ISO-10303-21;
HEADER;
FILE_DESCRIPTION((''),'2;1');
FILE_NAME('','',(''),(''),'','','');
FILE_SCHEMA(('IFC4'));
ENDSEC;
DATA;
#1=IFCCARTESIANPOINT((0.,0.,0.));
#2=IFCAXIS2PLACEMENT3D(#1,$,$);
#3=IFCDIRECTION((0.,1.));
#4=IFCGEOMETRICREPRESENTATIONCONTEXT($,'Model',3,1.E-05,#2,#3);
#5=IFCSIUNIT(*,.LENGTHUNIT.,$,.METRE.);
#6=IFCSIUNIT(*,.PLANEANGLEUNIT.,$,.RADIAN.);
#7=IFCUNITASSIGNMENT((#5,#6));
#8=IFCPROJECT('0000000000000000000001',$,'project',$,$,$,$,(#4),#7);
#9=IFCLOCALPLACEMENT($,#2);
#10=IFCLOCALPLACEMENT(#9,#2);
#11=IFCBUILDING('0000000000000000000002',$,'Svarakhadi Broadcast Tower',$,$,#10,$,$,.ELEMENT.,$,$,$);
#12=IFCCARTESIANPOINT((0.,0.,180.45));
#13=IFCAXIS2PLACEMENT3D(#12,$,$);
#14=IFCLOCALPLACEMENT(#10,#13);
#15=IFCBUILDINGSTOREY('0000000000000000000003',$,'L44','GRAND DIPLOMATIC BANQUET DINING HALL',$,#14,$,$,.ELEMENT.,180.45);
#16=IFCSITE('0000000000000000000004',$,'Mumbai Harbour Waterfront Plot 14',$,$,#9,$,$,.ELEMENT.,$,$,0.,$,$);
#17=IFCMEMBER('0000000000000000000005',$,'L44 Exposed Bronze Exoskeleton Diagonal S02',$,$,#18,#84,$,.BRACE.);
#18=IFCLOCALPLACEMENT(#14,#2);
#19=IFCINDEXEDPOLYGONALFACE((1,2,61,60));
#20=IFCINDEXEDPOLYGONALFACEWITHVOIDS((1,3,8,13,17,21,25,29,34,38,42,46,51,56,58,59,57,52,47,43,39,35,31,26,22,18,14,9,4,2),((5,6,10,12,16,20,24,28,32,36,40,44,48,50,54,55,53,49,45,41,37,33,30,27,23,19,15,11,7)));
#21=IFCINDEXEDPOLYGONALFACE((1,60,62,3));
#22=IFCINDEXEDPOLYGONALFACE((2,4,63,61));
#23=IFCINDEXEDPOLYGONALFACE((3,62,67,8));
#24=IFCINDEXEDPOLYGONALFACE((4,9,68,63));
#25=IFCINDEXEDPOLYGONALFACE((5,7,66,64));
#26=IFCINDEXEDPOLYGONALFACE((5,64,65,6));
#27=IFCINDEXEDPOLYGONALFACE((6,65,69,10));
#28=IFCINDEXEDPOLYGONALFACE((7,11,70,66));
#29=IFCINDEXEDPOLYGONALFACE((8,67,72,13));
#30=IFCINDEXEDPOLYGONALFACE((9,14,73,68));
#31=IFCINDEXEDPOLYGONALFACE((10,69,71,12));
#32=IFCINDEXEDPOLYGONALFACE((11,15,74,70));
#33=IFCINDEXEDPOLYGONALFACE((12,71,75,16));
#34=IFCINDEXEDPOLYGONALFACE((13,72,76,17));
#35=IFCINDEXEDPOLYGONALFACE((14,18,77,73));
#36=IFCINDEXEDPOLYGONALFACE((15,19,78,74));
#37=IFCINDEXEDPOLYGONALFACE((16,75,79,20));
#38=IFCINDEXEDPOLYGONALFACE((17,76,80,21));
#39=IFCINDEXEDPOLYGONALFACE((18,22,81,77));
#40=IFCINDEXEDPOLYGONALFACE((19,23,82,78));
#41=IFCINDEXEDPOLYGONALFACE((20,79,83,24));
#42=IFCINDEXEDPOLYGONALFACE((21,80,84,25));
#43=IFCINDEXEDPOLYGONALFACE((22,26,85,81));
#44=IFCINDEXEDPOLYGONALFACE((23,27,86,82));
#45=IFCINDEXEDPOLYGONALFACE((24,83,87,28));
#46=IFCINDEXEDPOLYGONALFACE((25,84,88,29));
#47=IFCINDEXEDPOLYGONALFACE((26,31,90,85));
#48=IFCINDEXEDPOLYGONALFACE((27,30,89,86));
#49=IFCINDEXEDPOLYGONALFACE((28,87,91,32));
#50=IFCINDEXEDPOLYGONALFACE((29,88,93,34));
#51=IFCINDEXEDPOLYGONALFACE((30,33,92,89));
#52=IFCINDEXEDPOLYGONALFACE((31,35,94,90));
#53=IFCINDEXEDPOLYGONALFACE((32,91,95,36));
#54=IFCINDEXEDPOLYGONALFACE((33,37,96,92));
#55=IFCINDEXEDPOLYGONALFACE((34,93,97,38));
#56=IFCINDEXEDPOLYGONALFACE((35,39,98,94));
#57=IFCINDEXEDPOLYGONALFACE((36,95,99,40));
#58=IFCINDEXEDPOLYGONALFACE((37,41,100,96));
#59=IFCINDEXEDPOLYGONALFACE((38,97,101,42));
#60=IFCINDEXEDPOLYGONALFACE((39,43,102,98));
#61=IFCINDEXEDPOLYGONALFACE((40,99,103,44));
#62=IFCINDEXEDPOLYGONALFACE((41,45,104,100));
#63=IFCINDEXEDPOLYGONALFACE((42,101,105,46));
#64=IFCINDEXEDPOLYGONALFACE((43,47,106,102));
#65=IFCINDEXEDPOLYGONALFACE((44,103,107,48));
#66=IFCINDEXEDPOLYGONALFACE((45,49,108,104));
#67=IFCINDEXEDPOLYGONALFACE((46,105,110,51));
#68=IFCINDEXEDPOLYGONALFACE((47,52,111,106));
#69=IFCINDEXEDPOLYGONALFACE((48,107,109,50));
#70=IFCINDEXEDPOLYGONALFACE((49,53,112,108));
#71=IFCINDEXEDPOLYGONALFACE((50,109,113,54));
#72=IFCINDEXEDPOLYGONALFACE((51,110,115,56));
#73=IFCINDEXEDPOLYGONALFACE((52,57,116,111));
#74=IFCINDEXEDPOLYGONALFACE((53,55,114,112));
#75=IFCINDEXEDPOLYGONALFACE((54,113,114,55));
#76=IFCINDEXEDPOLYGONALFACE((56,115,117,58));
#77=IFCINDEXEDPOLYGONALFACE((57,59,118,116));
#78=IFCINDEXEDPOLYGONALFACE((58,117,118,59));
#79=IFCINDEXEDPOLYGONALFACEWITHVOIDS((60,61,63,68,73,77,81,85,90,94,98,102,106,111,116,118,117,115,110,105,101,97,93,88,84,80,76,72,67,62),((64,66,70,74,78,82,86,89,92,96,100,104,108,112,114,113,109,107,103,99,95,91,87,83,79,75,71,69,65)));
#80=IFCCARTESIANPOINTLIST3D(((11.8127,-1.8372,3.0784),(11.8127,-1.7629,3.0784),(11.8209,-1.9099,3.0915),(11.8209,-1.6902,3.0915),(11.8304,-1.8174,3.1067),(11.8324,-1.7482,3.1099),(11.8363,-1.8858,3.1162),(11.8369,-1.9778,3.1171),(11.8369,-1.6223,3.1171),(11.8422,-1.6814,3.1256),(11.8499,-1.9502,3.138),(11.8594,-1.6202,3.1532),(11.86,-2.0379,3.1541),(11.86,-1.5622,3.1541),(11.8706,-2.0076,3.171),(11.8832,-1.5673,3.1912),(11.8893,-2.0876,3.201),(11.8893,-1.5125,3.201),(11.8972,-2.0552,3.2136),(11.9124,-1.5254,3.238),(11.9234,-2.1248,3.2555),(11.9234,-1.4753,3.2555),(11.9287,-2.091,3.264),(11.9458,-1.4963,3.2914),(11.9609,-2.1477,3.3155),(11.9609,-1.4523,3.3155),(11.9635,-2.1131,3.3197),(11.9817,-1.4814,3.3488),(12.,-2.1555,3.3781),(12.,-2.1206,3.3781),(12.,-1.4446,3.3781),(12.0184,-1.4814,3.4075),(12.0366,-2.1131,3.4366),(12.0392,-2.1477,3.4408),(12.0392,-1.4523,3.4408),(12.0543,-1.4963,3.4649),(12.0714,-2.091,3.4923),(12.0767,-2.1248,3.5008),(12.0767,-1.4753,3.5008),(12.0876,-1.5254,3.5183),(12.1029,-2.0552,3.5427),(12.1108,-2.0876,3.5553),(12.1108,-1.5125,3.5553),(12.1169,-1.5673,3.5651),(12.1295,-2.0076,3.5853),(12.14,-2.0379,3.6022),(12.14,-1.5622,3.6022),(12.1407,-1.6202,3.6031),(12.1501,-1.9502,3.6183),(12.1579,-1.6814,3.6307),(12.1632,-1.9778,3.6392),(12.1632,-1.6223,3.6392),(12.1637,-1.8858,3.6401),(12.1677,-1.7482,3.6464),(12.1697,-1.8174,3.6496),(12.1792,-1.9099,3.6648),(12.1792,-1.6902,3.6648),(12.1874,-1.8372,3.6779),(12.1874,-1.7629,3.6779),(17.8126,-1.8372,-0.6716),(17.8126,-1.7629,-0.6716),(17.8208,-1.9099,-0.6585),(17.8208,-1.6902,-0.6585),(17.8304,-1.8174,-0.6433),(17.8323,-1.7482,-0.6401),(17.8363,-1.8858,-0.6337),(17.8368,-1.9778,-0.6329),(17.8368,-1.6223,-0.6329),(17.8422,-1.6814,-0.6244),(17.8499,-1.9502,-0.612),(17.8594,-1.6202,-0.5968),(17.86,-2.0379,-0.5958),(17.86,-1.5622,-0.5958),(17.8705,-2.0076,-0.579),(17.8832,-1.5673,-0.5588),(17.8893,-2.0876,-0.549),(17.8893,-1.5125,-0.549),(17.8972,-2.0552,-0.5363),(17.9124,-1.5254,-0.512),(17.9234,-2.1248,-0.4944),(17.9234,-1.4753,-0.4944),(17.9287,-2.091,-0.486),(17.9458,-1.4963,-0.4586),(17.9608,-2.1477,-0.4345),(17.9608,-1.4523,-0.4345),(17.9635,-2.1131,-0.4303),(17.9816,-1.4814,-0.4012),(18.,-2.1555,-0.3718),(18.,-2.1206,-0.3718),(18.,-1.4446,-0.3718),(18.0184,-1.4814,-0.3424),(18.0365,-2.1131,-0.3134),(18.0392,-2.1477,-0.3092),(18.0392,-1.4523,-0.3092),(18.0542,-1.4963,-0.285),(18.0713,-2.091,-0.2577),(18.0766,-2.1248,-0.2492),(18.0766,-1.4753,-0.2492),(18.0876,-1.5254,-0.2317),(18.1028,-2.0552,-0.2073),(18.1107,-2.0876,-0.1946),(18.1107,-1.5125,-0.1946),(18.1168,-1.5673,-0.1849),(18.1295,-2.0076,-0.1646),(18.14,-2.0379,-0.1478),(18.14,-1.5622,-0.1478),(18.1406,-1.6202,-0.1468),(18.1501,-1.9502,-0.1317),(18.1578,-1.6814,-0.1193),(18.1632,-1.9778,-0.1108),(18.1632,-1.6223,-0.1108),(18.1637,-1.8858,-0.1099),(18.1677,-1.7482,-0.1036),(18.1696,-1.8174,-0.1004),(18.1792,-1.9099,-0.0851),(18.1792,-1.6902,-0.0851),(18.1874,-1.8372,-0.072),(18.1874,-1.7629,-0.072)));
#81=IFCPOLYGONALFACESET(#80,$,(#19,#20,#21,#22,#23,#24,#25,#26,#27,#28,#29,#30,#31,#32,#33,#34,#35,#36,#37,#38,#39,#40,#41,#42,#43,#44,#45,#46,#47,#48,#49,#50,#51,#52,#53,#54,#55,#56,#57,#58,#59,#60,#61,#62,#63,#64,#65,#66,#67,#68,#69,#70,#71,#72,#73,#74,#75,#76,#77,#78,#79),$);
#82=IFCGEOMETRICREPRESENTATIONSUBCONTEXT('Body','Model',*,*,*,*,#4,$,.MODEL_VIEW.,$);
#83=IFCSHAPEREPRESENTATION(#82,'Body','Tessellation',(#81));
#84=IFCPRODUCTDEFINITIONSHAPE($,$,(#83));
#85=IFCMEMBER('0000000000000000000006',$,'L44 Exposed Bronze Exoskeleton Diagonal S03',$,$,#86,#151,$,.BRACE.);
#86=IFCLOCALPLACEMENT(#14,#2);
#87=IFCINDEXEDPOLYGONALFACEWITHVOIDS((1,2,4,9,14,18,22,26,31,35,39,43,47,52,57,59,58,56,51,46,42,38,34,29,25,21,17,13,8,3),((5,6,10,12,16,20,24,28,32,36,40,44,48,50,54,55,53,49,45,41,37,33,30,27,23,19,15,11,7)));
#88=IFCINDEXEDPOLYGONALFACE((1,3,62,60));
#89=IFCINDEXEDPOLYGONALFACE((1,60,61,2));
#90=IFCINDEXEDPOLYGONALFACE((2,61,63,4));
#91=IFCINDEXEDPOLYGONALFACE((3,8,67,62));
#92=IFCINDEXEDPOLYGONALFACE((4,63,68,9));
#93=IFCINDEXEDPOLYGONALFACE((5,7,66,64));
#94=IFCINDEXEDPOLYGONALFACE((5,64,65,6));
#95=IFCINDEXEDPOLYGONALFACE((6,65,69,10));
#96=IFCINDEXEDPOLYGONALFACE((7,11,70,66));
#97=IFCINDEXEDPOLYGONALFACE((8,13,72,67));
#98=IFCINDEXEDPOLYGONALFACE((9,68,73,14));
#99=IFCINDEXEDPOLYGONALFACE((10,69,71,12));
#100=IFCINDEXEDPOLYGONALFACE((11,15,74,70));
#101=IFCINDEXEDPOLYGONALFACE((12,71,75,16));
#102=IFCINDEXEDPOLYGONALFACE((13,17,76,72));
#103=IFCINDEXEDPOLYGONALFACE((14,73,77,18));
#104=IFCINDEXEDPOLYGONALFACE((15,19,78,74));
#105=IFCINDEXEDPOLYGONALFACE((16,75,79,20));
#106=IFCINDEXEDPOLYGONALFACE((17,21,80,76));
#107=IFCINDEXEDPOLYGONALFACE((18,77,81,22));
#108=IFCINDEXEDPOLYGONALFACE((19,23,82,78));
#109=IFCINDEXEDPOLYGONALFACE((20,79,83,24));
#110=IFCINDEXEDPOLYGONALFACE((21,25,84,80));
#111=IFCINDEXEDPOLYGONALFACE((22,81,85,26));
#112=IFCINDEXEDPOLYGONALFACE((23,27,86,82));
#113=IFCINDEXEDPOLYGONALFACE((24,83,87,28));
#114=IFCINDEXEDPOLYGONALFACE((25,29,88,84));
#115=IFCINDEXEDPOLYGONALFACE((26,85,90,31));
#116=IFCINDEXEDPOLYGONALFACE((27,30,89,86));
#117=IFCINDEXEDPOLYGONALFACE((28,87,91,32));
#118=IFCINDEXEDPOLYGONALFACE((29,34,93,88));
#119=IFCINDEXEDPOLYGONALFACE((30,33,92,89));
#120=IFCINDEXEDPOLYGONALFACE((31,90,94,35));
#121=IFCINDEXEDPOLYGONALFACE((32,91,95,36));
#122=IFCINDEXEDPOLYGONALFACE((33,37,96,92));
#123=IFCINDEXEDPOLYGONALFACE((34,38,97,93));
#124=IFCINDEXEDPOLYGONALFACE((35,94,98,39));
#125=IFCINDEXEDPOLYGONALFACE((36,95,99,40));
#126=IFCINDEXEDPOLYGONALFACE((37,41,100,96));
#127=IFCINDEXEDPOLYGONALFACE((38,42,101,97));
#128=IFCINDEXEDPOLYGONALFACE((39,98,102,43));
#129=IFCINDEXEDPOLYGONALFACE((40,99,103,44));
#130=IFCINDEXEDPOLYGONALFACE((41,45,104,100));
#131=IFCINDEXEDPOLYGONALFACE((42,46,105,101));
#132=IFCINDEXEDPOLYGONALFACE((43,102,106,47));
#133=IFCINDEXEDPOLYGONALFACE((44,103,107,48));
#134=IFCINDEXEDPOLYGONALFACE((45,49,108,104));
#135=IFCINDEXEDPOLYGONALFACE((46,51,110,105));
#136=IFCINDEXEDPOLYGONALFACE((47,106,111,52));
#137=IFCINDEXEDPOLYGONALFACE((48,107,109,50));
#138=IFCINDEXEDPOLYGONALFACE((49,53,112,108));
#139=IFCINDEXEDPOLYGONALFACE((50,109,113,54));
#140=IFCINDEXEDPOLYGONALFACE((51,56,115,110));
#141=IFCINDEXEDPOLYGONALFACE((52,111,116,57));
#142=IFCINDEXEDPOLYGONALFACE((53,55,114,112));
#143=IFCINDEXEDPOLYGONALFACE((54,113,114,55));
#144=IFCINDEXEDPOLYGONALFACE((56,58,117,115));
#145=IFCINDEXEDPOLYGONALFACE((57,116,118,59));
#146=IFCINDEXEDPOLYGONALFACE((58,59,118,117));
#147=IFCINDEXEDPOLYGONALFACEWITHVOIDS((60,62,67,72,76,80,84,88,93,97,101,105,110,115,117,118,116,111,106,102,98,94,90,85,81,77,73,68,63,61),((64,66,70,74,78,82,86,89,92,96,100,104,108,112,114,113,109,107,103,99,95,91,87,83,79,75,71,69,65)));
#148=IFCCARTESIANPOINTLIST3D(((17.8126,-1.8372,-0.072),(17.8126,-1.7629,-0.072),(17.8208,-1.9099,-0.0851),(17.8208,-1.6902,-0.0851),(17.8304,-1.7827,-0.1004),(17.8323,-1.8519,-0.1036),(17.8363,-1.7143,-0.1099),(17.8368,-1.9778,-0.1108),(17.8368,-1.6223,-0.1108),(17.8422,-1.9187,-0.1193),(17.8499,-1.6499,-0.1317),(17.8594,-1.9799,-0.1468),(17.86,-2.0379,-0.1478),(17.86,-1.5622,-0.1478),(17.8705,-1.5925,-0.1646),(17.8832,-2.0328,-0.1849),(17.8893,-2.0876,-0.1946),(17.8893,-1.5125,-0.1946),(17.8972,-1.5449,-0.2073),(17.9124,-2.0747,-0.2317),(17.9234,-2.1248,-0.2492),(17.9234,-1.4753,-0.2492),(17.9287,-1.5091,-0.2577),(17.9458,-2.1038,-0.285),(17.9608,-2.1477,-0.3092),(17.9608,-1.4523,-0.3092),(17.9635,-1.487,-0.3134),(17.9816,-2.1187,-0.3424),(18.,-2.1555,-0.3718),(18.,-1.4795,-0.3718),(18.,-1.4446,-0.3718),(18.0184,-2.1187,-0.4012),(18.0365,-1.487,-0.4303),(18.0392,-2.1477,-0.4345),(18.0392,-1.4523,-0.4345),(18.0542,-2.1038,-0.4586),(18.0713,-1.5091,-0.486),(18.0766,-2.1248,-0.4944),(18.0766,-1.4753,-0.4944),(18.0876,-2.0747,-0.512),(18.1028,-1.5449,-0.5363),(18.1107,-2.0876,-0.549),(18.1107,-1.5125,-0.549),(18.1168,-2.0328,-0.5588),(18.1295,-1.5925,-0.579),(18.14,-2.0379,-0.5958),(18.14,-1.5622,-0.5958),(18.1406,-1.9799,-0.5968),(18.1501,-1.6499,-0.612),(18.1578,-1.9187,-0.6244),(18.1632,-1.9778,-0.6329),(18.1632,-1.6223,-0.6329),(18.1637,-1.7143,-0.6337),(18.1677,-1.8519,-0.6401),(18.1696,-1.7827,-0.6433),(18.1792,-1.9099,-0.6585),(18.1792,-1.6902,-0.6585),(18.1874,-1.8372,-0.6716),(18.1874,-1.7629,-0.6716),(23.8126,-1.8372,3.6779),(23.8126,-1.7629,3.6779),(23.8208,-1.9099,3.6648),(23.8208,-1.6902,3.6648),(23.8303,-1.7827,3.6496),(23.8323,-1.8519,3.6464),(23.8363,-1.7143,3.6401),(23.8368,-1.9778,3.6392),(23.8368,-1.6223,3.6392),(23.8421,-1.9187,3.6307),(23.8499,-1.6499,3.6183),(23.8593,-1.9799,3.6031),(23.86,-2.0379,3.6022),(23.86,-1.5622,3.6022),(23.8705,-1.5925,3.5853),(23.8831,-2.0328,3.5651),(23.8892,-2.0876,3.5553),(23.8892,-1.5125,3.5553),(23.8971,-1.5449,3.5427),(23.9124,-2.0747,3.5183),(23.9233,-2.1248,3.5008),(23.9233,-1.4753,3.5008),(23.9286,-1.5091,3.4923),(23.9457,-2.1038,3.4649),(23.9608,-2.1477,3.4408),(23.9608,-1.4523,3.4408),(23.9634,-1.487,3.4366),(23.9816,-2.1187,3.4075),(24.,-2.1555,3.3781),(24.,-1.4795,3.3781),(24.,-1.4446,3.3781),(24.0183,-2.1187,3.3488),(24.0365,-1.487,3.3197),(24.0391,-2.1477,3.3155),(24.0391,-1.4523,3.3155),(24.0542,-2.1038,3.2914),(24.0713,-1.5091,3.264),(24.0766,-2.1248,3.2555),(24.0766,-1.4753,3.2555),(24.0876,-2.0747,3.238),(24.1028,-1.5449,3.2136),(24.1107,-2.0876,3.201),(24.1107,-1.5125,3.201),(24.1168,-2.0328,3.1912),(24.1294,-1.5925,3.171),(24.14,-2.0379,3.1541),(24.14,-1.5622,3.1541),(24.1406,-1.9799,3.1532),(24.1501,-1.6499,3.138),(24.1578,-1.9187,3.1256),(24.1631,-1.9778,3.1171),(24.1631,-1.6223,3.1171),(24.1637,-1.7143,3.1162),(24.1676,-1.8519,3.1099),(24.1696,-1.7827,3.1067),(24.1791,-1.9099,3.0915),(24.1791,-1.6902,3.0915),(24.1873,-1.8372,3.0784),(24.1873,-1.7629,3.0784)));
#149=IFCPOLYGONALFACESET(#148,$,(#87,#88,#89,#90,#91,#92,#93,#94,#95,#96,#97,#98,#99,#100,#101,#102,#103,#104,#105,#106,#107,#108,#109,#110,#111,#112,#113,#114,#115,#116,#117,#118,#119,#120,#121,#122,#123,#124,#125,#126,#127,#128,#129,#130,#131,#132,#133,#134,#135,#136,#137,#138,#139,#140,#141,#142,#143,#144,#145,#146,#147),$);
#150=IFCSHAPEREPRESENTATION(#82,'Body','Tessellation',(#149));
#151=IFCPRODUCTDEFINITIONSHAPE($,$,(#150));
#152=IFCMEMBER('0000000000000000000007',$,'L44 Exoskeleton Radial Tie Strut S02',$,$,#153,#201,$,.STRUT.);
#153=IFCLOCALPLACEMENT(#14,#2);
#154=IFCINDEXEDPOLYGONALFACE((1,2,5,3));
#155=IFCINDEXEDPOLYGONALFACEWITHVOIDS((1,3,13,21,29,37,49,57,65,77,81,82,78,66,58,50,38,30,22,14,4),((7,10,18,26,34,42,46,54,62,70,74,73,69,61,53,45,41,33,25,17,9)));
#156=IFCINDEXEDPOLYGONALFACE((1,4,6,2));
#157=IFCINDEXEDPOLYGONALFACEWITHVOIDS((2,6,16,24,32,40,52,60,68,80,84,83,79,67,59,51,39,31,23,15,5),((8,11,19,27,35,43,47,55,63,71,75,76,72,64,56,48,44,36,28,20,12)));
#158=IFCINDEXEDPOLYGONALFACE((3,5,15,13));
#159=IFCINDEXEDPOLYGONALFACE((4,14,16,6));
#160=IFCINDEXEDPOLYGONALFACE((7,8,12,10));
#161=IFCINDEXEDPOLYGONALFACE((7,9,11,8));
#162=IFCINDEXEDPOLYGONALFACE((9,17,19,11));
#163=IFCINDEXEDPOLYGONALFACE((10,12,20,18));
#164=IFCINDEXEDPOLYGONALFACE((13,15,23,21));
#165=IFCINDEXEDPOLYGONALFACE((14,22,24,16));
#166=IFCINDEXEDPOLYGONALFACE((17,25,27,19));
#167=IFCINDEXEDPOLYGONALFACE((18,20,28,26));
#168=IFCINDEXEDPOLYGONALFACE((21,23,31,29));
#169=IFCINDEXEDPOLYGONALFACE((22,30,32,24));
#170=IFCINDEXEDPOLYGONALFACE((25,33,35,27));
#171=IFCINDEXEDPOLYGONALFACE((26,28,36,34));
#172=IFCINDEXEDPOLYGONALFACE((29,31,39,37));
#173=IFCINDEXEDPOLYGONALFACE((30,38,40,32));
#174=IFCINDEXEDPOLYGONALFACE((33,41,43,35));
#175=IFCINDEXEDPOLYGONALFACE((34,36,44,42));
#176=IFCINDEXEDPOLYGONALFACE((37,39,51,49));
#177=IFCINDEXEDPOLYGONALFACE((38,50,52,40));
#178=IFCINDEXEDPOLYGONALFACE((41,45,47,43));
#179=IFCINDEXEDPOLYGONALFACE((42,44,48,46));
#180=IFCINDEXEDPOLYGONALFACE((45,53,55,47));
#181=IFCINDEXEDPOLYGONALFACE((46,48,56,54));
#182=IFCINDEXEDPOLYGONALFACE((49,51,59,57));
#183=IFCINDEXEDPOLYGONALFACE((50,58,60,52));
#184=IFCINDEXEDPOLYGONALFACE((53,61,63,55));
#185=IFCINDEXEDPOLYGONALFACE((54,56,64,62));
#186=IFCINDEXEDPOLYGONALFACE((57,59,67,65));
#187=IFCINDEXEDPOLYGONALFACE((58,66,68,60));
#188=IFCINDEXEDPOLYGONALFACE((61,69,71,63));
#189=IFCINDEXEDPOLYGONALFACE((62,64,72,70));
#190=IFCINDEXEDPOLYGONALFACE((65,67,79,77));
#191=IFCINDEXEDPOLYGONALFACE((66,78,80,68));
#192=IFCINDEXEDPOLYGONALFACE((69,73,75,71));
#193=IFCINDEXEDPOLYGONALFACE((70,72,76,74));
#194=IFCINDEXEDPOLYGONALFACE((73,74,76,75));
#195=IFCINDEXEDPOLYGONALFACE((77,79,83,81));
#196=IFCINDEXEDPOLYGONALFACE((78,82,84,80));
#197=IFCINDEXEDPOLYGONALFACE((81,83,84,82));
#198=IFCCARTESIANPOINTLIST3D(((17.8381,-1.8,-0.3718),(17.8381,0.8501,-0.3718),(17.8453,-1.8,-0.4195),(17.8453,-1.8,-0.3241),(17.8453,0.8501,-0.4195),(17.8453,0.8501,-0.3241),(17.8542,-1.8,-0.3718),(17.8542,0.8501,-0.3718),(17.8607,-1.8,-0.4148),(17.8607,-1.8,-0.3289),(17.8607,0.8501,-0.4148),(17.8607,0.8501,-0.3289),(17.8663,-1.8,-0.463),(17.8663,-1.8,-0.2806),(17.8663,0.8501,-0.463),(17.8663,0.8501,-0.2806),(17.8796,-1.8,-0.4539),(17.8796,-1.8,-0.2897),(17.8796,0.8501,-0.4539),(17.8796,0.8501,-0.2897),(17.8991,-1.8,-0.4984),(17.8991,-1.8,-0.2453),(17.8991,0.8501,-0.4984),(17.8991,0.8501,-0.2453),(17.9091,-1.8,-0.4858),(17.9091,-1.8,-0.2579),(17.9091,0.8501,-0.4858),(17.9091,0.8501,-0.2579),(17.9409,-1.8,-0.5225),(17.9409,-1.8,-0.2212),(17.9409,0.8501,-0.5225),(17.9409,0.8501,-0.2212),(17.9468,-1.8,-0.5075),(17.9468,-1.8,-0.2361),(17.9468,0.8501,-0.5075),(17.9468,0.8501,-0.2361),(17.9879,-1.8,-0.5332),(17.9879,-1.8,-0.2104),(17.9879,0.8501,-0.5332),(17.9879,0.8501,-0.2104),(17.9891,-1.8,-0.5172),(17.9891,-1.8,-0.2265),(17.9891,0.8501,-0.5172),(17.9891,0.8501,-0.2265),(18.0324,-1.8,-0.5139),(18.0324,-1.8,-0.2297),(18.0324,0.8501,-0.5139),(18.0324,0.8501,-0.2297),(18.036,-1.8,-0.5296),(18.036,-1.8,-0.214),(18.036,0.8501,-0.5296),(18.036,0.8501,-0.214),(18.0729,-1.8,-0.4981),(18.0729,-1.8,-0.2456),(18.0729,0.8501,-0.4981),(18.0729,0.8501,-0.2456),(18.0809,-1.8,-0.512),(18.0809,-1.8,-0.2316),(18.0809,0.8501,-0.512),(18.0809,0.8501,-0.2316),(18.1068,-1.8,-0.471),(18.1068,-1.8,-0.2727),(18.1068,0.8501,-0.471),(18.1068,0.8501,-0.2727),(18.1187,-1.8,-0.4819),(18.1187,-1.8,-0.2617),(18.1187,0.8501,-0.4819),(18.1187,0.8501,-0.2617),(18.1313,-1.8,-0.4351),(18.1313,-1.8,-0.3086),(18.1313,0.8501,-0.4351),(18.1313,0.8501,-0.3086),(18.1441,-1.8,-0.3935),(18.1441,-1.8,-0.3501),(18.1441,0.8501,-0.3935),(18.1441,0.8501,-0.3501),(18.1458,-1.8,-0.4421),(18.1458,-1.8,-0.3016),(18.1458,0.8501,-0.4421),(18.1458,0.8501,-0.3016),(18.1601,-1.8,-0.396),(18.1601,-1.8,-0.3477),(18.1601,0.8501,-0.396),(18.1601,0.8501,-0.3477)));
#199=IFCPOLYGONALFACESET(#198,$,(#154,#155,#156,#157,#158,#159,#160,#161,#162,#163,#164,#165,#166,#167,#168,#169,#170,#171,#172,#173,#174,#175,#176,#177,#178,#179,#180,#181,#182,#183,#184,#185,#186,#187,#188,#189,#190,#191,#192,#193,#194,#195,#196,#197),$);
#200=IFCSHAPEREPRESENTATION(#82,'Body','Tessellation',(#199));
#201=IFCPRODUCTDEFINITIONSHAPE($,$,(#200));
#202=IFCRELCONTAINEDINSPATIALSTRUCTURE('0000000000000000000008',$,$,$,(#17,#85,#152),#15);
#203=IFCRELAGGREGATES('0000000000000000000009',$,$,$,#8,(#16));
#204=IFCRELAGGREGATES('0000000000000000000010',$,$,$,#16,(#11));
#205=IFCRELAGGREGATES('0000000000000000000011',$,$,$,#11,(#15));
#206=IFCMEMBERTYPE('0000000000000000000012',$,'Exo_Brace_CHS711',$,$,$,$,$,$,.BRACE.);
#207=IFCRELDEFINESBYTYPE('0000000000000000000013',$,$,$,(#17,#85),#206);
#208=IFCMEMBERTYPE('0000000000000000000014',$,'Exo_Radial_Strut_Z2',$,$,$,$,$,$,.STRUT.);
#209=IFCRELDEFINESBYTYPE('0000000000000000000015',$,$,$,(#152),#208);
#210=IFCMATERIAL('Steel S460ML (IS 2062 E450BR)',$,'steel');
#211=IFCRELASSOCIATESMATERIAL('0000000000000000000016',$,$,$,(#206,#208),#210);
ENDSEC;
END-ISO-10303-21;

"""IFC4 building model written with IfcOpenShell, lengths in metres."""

from ifc_helpers import new_model, si_unit, direction, frame, origin, origin_2d, place, context, subcontext, project, spatial, hollow_circle, extrude, material, material_profile, profile_set, type_object, element, save


model = new_model("IFC4")

# Units and contexts
model_context = context("Model", 3, precision=1e-05, world=origin(), true_north=direction((0.0, 1.0)))
body_context = subcontext(model_context, "Body", "Model", "MODEL_VIEW")
ifc_project = project(units=[si_unit("LENGTHUNIT", "METRE"), si_unit("PLANEANGLEUNIT", "RADIAN")], contexts=[model_context])

# Site, building, storey
site_placement = place(None, origin())
site = spatial("IfcSite", under=ifc_project, at=site_placement, Name="Mumbai Harbour Waterfront Plot 14", CompositionType="ELEMENT", RefElevation=0.0)
building_placement = place(site_placement, origin())
building = spatial("IfcBuilding", under=site, at=building_placement, Name="Svarakhadi Broadcast Tower", CompositionType="ELEMENT")
storey_placement = place(building_placement, frame((0.0, 0.0, 180.45)))
storey = spatial("IfcBuildingStorey", under=building, at=storey_placement, Name="L44", Description="GRAND DIPLOMATIC BANQUET DINING HALL", CompositionType="ELEMENT", Elevation=180.45)

# Members
ifc_material_1 = material(Name="Steel S460ML (IS 2062 E450BR)", Category="steel")
ifc_material_profile_1 = material_profile(ifc_material_1, hollow_circle(Radius=0.3555, WallThickness=0.0349, at=origin_2d()), Name="CHS 711x35")
ifc_profile_set_1 = profile_set([ifc_material_profile_1], Name="Steel S460ML (IS 2062 E450BR)")
member_type_1 = type_object("IfcMemberType", Name="Exo_Brace_CHS711", PredefinedType="BRACE", material=ifc_profile_set_1)
for number, where, z_axis, x_axis, name in (
    (1, (18.0, -1.8, -0.3718), (-0.847998, 0.0, 0.529999), (0.0, -1.0, 0.0), "L44 Exposed Bronze Exoskeleton Diagonal S02"),
    (2, (18.0, -1.8, -0.3718), (0.847998, 0.0, 0.529999), (0.0, 1.0, 0.0), "L44 Exposed Bronze Exoskeleton Diagonal S03"),
):
    element("IfcMember", number, at=place(storey_placement, frame(where, z_axis=z_axis, x_axis=x_axis)), inside=storey, type_object=member_type_1, Name=name, PredefinedType="BRACE", context=body_context, shape_type="SweptSolid", body=[
        extrude(hollow_circle(Radius=0.3555, WallThickness=0.0349, at=origin_2d()), origin(), (0.0, 0.0, 1.0), 7.0754),
    ])
ifc_material_profile_2 = material_profile(ifc_material_1, hollow_circle(Radius=0.1619, WallThickness=0.0161, at=origin_2d()), Name="CHS 323.9x16")
ifc_profile_set_2 = profile_set([ifc_material_profile_2], Name="Steel S460ML (IS 2062 E450BR)")
member_type_2 = type_object("IfcMemberType", Name="Exo_Radial_Strut_Z2", PredefinedType="STRUT", material=ifc_profile_set_2)
for number, where, z_axis, x_axis, name in (
    (3, (18.0, -1.8, -0.3718), (0.0, 1.0, 0.0), (-1.0, 0.0, 0.0), "L44 Exoskeleton Radial Tie Strut S02"),
):
    element("IfcMember", number, at=place(storey_placement, frame(where, z_axis=z_axis, x_axis=x_axis)), inside=storey, type_object=member_type_2, Name=name, PredefinedType="STRUT", context=body_context, shape_type="SweptSolid", body=[
        extrude(hollow_circle(Radius=0.1619, WallThickness=0.0161, at=origin_2d()), origin(), (0.0, 0.0, 1.0), 2.6501),
    ])

save(model, "model.ifc")
